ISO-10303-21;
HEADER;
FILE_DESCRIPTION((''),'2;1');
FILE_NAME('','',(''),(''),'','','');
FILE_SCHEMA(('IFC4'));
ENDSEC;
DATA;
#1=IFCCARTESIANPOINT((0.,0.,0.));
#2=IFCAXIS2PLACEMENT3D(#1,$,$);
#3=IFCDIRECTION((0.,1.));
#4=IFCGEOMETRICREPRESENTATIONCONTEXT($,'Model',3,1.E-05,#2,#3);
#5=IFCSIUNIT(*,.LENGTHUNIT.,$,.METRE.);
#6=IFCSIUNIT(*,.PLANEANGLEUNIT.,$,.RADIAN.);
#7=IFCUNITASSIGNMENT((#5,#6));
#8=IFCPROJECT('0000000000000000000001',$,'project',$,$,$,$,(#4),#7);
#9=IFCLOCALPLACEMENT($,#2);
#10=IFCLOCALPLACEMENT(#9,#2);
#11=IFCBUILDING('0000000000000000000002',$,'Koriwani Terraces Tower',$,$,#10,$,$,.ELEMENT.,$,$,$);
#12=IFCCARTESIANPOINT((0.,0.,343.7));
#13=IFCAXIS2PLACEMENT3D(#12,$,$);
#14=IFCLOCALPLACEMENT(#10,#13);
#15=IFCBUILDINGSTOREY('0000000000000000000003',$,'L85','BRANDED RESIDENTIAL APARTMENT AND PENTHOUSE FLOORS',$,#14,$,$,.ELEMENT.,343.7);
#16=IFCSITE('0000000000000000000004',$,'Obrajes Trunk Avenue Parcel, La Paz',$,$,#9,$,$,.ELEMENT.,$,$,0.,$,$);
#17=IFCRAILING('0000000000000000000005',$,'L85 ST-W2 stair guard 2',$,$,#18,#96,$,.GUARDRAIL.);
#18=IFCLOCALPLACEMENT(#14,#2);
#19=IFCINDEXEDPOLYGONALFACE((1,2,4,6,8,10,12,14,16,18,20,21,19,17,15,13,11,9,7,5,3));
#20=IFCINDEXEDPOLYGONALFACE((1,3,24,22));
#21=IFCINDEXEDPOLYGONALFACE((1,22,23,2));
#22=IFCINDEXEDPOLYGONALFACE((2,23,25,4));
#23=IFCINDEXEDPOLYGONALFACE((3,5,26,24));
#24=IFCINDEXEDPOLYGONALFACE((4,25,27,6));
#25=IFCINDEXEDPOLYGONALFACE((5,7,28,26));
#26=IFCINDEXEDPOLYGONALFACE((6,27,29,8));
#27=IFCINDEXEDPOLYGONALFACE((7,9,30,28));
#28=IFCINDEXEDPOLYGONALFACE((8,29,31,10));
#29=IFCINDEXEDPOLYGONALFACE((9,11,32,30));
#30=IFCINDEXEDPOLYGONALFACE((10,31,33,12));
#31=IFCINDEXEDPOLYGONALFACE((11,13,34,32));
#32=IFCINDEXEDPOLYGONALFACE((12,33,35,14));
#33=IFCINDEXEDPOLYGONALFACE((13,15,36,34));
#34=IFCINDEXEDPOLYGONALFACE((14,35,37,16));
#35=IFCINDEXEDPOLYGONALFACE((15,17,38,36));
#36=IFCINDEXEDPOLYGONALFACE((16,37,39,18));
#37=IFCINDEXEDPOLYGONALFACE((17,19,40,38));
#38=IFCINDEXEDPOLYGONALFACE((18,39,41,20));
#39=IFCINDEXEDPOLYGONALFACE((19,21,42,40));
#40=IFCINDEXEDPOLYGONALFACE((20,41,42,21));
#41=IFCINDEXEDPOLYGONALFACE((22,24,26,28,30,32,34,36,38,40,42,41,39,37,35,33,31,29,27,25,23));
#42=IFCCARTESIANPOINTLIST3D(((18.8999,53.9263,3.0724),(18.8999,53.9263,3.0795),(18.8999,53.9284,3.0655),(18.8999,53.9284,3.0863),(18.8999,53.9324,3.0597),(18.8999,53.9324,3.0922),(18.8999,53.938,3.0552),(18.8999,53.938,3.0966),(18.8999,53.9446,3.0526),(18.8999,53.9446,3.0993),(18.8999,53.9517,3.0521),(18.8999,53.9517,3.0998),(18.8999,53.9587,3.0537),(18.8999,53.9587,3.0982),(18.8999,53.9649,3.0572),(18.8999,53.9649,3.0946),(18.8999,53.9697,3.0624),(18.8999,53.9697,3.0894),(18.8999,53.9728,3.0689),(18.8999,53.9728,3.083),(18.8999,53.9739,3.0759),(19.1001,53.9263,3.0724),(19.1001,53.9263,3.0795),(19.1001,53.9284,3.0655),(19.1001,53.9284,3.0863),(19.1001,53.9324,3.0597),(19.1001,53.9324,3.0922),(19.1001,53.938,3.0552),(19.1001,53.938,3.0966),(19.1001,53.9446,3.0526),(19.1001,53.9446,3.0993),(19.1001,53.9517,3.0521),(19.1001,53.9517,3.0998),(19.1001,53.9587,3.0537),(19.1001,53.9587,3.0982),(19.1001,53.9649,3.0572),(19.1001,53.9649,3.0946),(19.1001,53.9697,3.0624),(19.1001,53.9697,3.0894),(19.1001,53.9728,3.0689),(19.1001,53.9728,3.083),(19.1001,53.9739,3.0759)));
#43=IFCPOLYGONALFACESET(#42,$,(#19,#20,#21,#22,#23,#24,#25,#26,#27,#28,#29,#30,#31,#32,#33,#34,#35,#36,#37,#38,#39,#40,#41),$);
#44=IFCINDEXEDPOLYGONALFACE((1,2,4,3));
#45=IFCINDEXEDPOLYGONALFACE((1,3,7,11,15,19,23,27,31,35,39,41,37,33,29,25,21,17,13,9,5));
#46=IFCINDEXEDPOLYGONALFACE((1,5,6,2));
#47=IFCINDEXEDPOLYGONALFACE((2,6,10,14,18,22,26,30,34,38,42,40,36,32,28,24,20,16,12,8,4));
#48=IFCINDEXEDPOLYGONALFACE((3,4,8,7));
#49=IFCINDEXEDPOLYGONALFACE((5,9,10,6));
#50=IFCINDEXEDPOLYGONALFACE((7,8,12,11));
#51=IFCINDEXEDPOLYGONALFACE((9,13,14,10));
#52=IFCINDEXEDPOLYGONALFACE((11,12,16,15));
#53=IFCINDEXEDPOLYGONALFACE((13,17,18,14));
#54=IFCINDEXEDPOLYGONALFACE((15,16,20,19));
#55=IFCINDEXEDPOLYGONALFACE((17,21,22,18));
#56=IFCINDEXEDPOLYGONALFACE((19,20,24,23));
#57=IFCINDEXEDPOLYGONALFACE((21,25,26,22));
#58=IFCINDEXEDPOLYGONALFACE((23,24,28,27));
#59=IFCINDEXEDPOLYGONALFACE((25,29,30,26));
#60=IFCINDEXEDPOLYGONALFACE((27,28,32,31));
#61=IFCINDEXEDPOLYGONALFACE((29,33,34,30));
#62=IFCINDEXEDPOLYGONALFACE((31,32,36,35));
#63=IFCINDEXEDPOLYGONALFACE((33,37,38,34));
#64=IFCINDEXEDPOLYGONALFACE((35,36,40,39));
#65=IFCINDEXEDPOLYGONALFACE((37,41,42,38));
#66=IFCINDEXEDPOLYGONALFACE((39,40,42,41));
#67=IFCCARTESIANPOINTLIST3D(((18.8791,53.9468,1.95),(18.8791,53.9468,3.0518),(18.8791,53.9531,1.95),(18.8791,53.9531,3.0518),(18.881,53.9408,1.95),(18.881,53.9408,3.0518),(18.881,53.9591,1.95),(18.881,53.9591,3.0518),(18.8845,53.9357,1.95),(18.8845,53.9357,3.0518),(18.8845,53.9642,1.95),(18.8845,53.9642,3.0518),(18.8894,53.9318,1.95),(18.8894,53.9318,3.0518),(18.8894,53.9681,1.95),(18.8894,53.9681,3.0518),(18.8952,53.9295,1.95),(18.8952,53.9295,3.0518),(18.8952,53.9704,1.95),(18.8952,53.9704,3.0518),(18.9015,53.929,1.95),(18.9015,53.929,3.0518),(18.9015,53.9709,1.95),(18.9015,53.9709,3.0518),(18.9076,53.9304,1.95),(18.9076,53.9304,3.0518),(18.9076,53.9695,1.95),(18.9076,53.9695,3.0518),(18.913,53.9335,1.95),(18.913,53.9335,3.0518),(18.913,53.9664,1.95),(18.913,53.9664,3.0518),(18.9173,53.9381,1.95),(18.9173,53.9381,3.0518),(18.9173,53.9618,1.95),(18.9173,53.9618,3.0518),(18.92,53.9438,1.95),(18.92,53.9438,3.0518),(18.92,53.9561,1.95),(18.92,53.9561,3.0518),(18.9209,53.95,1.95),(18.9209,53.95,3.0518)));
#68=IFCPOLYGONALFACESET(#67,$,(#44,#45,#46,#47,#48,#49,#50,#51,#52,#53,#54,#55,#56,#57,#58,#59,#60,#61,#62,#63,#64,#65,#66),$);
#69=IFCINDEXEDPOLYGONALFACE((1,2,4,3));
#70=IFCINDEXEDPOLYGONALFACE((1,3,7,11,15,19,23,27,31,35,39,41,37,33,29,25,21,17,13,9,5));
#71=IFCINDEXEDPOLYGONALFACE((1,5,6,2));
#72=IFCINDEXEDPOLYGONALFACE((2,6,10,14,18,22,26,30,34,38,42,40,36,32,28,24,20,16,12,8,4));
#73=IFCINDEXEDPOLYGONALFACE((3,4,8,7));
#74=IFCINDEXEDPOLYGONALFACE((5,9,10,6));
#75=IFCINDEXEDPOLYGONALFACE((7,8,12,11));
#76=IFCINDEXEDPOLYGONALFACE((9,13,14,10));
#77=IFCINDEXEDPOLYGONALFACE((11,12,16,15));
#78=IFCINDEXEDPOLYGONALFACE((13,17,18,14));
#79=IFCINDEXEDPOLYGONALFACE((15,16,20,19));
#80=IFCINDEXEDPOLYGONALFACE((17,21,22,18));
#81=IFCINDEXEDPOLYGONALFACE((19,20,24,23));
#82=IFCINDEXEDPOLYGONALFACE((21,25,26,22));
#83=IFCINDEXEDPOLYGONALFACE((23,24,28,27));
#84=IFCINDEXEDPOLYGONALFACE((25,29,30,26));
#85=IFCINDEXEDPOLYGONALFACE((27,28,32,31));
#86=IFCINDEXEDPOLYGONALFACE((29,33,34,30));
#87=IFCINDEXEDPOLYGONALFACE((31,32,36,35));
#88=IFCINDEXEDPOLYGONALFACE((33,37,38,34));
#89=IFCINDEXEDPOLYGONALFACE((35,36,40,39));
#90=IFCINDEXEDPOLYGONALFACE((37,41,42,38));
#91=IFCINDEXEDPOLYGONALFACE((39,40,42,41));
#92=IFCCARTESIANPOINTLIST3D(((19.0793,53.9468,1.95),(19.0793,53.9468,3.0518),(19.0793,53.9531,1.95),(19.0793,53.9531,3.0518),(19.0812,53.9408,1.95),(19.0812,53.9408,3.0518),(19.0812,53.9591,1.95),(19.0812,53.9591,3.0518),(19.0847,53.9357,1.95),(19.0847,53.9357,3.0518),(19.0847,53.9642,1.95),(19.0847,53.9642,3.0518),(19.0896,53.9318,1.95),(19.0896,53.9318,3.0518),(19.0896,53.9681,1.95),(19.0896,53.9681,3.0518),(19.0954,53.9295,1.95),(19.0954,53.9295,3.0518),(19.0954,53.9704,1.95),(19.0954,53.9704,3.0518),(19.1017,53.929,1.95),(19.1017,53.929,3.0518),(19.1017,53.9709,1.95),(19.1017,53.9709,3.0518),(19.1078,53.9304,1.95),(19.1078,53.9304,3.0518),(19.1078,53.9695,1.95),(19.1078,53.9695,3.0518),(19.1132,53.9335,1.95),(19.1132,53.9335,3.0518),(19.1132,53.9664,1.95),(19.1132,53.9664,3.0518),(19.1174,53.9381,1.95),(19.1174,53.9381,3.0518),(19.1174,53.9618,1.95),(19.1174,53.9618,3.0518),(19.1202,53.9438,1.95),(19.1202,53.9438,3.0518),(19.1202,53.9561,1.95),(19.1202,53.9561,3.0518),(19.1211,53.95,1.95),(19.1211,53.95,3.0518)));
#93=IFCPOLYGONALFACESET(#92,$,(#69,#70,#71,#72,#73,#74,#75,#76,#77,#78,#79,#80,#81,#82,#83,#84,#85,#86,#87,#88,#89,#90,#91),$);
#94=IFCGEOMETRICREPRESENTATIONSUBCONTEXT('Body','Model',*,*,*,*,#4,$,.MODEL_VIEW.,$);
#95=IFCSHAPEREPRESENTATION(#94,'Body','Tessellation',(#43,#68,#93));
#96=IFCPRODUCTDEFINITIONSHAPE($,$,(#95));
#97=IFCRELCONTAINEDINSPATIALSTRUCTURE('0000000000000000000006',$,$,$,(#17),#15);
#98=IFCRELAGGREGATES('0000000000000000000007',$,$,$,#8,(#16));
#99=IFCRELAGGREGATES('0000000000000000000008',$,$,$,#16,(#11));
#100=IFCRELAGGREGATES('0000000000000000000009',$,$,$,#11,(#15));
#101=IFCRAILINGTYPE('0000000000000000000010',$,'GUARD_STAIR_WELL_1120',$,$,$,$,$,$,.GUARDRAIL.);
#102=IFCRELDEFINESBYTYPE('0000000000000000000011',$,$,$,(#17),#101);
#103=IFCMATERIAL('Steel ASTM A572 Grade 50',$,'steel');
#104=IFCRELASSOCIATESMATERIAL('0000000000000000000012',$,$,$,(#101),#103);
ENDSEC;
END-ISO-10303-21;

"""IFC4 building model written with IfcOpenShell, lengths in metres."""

from ifc_helpers import new_model, si_unit, direction, frame, origin, origin_2d, place, context, subcontext, project, spatial, circle, extrude, material, type_object, element, save


model = new_model("IFC4")

# Units and contexts
model_context = context("Model", 3, precision=1e-05, world=origin(), true_north=direction((0.0, 1.0)))
body_context = subcontext(model_context, "Body", "Model", "MODEL_VIEW")
ifc_project = project(units=[si_unit("LENGTHUNIT", "METRE"), si_unit("PLANEANGLEUNIT", "RADIAN")], contexts=[model_context])

# Site, building, storey
site_placement = place(None, origin())
site = spatial("IfcSite", under=ifc_project, at=site_placement, Name="Obrajes Trunk Avenue Parcel, La Paz", CompositionType="ELEMENT", RefElevation=0.0)
building_placement = place(site_placement, origin())
building = spatial("IfcBuilding", under=site, at=building_placement, Name="Koriwani Terraces Tower", CompositionType="ELEMENT")
storey_placement = place(building_placement, frame((0.0, 0.0, 343.7)))
storey = spatial("IfcBuildingStorey", under=building, at=storey_placement, Name="L85", Description="BRANDED RESIDENTIAL APARTMENT AND PENTHOUSE FLOORS", CompositionType="ELEMENT", Elevation=343.7)

# Shared definitions
ifc_material_1 = material(Name="Steel ASTM A572 Grade 50", Category="steel")

# Railing
railing_type_1 = type_object("IfcRailingType", Name="GUARD_STAIR_WELL_1120", PredefinedType="GUARDRAIL", material=ifc_material_1)
railing_1_placement = place(storey_placement, frame((18.8999, 53.95, 1.95)))
element("IfcRailing", 1, at=railing_1_placement, inside=storey, type_object=railing_type_1, Name="L85 ST-W2 stair guard 2", PredefinedType="GUARDRAIL", context=body_context, shape_type="SweptSolid", body=[
    extrude(circle(Radius=0.0239, at=origin_2d()), frame((0.0, 0.0, 1.126), z_axis=(1.0, 0.0, 0.0), x_axis=(0.0, 1.0, 0.0)), (0.0, 0.0, 1.0), 0.2002),
    extrude(circle(Radius=0.021, at=origin_2d()), origin(), (0.0, 0.0, 1.0), 1.1018),
    extrude(circle(Radius=0.021, at=origin_2d()), frame((0.2002, 0.0, 0.0)), (0.0, 0.0, 1.0), 1.1018),
])

save(model, "model.ifc")
